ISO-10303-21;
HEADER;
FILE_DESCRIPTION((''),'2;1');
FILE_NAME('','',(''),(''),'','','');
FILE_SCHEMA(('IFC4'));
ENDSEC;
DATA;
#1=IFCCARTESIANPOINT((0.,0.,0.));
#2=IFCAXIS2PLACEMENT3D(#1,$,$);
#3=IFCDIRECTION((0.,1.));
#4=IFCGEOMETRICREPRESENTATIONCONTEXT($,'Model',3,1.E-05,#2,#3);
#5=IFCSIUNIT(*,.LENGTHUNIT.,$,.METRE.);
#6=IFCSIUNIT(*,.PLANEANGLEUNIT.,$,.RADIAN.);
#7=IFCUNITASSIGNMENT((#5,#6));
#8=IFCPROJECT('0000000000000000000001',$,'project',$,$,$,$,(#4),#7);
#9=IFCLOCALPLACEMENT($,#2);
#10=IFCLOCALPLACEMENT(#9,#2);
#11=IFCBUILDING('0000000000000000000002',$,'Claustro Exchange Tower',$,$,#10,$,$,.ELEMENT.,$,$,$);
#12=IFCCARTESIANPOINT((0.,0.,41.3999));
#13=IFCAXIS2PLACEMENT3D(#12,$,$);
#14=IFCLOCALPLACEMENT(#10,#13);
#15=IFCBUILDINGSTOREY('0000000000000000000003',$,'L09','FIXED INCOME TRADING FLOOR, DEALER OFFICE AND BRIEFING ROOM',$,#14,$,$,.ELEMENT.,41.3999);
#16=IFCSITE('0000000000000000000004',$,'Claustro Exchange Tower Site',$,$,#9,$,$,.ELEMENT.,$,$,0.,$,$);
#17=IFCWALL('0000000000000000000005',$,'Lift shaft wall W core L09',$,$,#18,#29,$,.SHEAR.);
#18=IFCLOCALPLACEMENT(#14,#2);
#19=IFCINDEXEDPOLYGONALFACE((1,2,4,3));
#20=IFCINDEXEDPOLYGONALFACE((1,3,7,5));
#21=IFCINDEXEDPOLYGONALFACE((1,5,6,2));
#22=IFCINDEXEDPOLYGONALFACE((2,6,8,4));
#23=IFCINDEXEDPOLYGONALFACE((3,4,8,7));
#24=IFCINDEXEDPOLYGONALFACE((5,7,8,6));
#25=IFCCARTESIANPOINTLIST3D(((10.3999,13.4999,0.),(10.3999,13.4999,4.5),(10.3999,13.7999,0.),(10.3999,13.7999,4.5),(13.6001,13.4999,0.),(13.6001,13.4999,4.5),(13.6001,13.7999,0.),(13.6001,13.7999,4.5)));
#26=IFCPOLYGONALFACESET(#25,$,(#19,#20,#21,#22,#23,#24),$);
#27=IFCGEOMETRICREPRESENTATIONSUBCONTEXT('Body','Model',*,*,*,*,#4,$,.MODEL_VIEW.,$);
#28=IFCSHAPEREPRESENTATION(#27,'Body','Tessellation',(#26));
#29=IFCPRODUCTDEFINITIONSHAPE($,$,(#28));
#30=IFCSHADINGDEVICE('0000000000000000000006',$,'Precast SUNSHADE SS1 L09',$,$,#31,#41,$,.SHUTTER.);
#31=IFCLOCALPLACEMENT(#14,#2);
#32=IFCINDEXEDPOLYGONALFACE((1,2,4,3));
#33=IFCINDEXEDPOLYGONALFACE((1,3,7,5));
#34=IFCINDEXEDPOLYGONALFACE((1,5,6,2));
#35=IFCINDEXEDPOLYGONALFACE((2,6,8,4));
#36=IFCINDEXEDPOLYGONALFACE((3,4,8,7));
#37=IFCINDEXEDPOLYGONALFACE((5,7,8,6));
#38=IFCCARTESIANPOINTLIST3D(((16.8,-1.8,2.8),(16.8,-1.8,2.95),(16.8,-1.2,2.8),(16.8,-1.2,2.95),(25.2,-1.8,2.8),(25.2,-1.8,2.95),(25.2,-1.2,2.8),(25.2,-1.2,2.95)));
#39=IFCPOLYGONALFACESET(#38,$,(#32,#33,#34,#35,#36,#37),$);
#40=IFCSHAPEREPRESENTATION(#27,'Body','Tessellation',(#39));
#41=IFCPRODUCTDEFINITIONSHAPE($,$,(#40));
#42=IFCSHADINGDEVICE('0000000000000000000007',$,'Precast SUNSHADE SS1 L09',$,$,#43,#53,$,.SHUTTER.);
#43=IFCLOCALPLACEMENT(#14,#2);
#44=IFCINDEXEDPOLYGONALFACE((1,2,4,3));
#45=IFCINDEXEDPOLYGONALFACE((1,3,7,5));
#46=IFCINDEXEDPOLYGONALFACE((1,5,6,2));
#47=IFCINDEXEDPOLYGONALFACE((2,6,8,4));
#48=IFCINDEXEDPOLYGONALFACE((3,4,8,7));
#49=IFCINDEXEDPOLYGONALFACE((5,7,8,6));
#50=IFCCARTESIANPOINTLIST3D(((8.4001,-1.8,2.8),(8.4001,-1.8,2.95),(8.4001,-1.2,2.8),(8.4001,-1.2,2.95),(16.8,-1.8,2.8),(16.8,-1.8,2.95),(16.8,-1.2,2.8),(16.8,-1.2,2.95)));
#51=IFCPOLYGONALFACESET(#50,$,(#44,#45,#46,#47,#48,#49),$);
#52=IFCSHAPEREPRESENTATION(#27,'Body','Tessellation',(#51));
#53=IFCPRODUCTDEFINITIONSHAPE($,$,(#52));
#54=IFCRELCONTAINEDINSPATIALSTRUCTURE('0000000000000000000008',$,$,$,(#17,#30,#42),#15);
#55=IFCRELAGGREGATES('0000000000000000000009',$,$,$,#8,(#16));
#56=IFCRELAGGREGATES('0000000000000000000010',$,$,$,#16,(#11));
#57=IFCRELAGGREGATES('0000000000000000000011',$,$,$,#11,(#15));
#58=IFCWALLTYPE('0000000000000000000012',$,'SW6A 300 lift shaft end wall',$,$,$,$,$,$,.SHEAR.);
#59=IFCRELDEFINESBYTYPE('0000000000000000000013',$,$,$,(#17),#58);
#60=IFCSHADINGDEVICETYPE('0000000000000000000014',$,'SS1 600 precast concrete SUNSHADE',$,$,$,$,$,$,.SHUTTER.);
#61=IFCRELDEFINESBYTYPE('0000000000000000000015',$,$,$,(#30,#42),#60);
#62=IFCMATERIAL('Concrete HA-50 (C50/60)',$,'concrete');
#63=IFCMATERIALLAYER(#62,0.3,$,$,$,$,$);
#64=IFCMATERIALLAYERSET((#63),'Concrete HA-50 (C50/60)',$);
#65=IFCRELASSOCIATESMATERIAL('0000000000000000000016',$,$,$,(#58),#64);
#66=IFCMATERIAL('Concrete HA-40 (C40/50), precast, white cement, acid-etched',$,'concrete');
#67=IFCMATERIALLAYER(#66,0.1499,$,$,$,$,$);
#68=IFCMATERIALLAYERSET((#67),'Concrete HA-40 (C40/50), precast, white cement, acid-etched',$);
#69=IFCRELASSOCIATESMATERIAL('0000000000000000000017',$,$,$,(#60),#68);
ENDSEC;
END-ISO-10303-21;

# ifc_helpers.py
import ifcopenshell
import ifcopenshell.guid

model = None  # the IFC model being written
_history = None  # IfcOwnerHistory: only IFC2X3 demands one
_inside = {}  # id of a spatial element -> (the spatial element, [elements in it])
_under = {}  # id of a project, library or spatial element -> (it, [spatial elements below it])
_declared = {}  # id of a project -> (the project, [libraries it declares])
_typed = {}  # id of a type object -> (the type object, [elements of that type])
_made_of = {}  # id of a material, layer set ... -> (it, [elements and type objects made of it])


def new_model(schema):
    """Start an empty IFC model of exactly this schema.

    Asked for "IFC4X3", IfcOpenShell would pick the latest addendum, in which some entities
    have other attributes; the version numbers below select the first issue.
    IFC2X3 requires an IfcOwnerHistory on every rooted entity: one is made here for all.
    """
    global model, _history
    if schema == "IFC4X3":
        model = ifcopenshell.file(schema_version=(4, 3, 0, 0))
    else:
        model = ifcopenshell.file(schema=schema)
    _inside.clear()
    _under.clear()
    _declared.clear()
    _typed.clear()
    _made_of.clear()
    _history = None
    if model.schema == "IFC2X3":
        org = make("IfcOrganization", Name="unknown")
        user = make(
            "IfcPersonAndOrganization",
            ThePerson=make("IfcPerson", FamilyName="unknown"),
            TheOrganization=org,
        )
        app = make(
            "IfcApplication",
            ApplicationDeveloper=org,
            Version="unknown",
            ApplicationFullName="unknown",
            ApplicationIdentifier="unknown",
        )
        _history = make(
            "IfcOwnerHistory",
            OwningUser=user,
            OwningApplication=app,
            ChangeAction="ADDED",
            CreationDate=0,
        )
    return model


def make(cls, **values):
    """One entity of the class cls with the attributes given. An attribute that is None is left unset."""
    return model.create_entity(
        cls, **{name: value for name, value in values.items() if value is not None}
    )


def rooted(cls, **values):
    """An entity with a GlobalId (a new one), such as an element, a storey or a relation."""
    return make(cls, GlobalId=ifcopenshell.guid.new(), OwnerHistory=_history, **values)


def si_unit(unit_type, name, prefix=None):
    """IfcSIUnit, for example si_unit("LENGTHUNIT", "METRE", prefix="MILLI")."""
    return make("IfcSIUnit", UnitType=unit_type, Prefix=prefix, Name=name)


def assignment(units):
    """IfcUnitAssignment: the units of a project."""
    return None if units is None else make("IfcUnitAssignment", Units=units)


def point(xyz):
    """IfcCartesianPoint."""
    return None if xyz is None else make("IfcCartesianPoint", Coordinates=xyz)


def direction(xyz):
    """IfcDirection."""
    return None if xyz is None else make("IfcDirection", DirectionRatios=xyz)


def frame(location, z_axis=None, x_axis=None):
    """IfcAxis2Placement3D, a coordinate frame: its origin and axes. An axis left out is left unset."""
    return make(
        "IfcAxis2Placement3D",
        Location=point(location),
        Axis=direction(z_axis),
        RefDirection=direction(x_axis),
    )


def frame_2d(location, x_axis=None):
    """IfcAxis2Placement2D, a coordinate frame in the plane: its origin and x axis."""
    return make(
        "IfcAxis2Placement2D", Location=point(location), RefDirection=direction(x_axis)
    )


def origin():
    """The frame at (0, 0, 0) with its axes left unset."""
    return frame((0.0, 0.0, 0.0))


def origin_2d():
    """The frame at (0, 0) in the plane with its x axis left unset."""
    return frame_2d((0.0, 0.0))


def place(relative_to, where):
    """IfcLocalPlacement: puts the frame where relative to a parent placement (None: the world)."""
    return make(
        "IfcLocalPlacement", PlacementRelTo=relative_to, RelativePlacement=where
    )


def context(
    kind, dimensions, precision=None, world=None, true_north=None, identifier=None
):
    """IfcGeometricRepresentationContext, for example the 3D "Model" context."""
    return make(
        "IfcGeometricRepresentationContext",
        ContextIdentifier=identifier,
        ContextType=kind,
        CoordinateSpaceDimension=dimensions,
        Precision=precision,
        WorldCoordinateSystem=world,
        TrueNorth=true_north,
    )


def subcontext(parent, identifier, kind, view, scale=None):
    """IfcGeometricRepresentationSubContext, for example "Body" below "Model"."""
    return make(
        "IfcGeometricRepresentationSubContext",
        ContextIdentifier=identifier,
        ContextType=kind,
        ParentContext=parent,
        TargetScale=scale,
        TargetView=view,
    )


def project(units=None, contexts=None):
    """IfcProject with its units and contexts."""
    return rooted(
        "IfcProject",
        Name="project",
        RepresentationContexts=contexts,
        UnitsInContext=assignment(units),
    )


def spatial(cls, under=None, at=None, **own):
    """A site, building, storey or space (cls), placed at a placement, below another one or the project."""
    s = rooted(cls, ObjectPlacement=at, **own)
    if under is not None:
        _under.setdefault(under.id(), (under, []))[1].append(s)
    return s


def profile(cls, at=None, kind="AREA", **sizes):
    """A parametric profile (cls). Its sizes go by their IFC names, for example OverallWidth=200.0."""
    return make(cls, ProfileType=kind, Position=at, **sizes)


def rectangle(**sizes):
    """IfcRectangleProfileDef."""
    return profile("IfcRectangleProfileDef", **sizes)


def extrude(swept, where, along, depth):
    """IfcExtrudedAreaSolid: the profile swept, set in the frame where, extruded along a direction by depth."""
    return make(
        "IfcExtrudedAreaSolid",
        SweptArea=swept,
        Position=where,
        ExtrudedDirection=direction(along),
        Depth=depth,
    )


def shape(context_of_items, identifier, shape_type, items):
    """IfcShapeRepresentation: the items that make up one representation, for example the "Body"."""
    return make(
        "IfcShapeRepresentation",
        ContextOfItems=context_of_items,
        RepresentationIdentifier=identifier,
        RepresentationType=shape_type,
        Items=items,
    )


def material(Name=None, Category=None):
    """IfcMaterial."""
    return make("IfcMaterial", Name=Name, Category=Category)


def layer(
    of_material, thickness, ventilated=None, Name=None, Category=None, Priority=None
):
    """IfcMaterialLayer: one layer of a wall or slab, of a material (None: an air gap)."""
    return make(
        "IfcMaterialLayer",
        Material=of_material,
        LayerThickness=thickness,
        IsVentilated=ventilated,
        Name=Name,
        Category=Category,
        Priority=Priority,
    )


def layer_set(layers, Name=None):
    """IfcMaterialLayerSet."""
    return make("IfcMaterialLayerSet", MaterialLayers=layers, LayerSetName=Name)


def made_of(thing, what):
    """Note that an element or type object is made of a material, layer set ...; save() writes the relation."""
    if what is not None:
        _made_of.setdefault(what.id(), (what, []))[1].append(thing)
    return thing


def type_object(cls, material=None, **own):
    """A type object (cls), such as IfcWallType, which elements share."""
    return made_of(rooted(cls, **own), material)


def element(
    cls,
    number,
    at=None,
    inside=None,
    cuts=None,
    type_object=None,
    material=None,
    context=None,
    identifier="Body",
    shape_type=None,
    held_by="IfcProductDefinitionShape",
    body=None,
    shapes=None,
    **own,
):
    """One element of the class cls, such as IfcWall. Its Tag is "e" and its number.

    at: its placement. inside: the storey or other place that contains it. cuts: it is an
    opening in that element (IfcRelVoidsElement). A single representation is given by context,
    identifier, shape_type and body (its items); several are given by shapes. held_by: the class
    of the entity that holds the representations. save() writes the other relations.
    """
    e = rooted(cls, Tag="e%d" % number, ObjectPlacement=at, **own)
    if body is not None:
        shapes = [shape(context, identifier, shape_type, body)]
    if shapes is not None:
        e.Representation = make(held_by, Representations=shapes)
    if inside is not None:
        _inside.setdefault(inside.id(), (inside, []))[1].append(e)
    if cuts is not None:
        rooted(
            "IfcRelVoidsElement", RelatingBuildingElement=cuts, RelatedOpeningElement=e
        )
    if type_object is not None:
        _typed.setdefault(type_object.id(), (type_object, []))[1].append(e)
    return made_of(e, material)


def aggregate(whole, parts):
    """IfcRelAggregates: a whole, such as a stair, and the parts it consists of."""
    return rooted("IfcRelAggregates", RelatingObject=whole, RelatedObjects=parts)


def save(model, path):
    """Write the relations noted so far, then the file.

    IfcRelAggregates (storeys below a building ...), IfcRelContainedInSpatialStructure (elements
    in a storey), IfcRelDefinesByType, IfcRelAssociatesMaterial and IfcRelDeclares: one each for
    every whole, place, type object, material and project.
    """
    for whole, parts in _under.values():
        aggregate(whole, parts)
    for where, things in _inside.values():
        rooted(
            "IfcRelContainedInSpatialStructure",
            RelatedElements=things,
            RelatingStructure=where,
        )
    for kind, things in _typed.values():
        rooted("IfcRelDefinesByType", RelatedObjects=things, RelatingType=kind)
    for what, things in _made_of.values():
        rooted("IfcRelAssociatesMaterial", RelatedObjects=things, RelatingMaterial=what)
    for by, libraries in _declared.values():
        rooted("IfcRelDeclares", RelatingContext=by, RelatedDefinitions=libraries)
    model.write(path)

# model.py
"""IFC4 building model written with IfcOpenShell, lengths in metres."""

from ifc_helpers import new_model, si_unit, direction, frame, frame_2d, origin, origin_2d, place, context, subcontext, project, spatial, rectangle, extrude, material, layer, layer_set, type_object, element, save


model = new_model("IFC4")

# Units and contexts
model_context = context("Model", 3, precision=1e-05, world=origin(), true_north=direction((0.0, 1.0)))
body_context = subcontext(model_context, "Body", "Model", "MODEL_VIEW")
ifc_project = project(units=[si_unit("LENGTHUNIT", "METRE"), si_unit("PLANEANGLEUNIT", "RADIAN")], contexts=[model_context])

# Site, building, storey
site_placement = place(None, origin())
site = spatial("IfcSite", under=ifc_project, at=site_placement, Name="Claustro Exchange Tower Site", CompositionType="ELEMENT", RefElevation=0.0)
building_placement = place(site_placement, origin())
building = spatial("IfcBuilding", under=site, at=building_placement, Name="Claustro Exchange Tower", CompositionType="ELEMENT")
storey_placement = place(building_placement, frame((0.0, 0.0, 41.3999)))
storey = spatial("IfcBuildingStorey", under=building, at=storey_placement, Name="L09", Description="FIXED INCOME TRADING FLOOR, DEALER OFFICE AND BRIEFING ROOM", CompositionType="ELEMENT", Elevation=41.3999)

# Wall
ifc_material_1 = material(Name="Concrete HA-50 (C50/60)", Category="concrete")
ifc_layer_1 = layer(ifc_material_1, 0.3)
ifc_layer_set_1 = layer_set([ifc_layer_1], Name="Concrete HA-50 (C50/60)")
wall_type_1 = type_object("IfcWallType", Name="SW6A 300 lift shaft end wall", PredefinedType="SHEAR", material=ifc_layer_set_1)
wall_1_placement = place(storey_placement, frame((10.3999, 13.6499, 0.0), z_axis=(0.0, 0.0, 1.0), x_axis=(1.0, 0.0, 0.0)))
element("IfcWall", 1, at=wall_1_placement, inside=storey, type_object=wall_type_1, Name="Lift shaft wall W core L09", PredefinedType="SHEAR", context=body_context, shape_type="SweptSolid", body=[
    extrude(rectangle(XDim=3.2002, YDim=0.3, at=frame_2d((1.6001, 0.0))), origin(), (0.0, 0.0, 1.0), 4.5),
])

# Shading devices
ifc_material_2 = material(Name="Concrete HA-40 (C40/50), precast, white cement, acid-etched", Category="concrete")
ifc_layer_2 = layer(ifc_material_2, 0.1499)
ifc_layer_set_2 = layer_set([ifc_layer_2], Name="Concrete HA-40 (C40/50), precast, white cement, acid-etched")
shading_device_type = type_object("IfcShadingDeviceType", Name="SS1 600 precast concrete SUNSHADE", PredefinedType="SHUTTER", material=ifc_layer_set_2)
for number, where, z_axis, x_axis, name in (
    (2, (21.0, -1.5, 2.8), (0.0, 0.0, 1.0), (-1.0, 0.0, 0.0), "Precast SUNSHADE SS1 L09"),
    (3, (12.6001, -1.5, 2.8), (0.0, 0.0, 1.0), (-1.0, 0.0, 0.0), "Precast SUNSHADE SS1 L09"),
):
    element("IfcShadingDevice", number, at=place(storey_placement, frame(where, z_axis=z_axis, x_axis=x_axis)), inside=storey, type_object=shading_device_type, Name=name, PredefinedType="SHUTTER", context=body_context, shape_type="SweptSolid", body=[
        extrude(rectangle(XDim=8.3999, YDim=0.6001, at=origin_2d()), origin(), (0.0, 0.0, 1.0), 0.1499),
    ])

save(model, "model.ifc")
